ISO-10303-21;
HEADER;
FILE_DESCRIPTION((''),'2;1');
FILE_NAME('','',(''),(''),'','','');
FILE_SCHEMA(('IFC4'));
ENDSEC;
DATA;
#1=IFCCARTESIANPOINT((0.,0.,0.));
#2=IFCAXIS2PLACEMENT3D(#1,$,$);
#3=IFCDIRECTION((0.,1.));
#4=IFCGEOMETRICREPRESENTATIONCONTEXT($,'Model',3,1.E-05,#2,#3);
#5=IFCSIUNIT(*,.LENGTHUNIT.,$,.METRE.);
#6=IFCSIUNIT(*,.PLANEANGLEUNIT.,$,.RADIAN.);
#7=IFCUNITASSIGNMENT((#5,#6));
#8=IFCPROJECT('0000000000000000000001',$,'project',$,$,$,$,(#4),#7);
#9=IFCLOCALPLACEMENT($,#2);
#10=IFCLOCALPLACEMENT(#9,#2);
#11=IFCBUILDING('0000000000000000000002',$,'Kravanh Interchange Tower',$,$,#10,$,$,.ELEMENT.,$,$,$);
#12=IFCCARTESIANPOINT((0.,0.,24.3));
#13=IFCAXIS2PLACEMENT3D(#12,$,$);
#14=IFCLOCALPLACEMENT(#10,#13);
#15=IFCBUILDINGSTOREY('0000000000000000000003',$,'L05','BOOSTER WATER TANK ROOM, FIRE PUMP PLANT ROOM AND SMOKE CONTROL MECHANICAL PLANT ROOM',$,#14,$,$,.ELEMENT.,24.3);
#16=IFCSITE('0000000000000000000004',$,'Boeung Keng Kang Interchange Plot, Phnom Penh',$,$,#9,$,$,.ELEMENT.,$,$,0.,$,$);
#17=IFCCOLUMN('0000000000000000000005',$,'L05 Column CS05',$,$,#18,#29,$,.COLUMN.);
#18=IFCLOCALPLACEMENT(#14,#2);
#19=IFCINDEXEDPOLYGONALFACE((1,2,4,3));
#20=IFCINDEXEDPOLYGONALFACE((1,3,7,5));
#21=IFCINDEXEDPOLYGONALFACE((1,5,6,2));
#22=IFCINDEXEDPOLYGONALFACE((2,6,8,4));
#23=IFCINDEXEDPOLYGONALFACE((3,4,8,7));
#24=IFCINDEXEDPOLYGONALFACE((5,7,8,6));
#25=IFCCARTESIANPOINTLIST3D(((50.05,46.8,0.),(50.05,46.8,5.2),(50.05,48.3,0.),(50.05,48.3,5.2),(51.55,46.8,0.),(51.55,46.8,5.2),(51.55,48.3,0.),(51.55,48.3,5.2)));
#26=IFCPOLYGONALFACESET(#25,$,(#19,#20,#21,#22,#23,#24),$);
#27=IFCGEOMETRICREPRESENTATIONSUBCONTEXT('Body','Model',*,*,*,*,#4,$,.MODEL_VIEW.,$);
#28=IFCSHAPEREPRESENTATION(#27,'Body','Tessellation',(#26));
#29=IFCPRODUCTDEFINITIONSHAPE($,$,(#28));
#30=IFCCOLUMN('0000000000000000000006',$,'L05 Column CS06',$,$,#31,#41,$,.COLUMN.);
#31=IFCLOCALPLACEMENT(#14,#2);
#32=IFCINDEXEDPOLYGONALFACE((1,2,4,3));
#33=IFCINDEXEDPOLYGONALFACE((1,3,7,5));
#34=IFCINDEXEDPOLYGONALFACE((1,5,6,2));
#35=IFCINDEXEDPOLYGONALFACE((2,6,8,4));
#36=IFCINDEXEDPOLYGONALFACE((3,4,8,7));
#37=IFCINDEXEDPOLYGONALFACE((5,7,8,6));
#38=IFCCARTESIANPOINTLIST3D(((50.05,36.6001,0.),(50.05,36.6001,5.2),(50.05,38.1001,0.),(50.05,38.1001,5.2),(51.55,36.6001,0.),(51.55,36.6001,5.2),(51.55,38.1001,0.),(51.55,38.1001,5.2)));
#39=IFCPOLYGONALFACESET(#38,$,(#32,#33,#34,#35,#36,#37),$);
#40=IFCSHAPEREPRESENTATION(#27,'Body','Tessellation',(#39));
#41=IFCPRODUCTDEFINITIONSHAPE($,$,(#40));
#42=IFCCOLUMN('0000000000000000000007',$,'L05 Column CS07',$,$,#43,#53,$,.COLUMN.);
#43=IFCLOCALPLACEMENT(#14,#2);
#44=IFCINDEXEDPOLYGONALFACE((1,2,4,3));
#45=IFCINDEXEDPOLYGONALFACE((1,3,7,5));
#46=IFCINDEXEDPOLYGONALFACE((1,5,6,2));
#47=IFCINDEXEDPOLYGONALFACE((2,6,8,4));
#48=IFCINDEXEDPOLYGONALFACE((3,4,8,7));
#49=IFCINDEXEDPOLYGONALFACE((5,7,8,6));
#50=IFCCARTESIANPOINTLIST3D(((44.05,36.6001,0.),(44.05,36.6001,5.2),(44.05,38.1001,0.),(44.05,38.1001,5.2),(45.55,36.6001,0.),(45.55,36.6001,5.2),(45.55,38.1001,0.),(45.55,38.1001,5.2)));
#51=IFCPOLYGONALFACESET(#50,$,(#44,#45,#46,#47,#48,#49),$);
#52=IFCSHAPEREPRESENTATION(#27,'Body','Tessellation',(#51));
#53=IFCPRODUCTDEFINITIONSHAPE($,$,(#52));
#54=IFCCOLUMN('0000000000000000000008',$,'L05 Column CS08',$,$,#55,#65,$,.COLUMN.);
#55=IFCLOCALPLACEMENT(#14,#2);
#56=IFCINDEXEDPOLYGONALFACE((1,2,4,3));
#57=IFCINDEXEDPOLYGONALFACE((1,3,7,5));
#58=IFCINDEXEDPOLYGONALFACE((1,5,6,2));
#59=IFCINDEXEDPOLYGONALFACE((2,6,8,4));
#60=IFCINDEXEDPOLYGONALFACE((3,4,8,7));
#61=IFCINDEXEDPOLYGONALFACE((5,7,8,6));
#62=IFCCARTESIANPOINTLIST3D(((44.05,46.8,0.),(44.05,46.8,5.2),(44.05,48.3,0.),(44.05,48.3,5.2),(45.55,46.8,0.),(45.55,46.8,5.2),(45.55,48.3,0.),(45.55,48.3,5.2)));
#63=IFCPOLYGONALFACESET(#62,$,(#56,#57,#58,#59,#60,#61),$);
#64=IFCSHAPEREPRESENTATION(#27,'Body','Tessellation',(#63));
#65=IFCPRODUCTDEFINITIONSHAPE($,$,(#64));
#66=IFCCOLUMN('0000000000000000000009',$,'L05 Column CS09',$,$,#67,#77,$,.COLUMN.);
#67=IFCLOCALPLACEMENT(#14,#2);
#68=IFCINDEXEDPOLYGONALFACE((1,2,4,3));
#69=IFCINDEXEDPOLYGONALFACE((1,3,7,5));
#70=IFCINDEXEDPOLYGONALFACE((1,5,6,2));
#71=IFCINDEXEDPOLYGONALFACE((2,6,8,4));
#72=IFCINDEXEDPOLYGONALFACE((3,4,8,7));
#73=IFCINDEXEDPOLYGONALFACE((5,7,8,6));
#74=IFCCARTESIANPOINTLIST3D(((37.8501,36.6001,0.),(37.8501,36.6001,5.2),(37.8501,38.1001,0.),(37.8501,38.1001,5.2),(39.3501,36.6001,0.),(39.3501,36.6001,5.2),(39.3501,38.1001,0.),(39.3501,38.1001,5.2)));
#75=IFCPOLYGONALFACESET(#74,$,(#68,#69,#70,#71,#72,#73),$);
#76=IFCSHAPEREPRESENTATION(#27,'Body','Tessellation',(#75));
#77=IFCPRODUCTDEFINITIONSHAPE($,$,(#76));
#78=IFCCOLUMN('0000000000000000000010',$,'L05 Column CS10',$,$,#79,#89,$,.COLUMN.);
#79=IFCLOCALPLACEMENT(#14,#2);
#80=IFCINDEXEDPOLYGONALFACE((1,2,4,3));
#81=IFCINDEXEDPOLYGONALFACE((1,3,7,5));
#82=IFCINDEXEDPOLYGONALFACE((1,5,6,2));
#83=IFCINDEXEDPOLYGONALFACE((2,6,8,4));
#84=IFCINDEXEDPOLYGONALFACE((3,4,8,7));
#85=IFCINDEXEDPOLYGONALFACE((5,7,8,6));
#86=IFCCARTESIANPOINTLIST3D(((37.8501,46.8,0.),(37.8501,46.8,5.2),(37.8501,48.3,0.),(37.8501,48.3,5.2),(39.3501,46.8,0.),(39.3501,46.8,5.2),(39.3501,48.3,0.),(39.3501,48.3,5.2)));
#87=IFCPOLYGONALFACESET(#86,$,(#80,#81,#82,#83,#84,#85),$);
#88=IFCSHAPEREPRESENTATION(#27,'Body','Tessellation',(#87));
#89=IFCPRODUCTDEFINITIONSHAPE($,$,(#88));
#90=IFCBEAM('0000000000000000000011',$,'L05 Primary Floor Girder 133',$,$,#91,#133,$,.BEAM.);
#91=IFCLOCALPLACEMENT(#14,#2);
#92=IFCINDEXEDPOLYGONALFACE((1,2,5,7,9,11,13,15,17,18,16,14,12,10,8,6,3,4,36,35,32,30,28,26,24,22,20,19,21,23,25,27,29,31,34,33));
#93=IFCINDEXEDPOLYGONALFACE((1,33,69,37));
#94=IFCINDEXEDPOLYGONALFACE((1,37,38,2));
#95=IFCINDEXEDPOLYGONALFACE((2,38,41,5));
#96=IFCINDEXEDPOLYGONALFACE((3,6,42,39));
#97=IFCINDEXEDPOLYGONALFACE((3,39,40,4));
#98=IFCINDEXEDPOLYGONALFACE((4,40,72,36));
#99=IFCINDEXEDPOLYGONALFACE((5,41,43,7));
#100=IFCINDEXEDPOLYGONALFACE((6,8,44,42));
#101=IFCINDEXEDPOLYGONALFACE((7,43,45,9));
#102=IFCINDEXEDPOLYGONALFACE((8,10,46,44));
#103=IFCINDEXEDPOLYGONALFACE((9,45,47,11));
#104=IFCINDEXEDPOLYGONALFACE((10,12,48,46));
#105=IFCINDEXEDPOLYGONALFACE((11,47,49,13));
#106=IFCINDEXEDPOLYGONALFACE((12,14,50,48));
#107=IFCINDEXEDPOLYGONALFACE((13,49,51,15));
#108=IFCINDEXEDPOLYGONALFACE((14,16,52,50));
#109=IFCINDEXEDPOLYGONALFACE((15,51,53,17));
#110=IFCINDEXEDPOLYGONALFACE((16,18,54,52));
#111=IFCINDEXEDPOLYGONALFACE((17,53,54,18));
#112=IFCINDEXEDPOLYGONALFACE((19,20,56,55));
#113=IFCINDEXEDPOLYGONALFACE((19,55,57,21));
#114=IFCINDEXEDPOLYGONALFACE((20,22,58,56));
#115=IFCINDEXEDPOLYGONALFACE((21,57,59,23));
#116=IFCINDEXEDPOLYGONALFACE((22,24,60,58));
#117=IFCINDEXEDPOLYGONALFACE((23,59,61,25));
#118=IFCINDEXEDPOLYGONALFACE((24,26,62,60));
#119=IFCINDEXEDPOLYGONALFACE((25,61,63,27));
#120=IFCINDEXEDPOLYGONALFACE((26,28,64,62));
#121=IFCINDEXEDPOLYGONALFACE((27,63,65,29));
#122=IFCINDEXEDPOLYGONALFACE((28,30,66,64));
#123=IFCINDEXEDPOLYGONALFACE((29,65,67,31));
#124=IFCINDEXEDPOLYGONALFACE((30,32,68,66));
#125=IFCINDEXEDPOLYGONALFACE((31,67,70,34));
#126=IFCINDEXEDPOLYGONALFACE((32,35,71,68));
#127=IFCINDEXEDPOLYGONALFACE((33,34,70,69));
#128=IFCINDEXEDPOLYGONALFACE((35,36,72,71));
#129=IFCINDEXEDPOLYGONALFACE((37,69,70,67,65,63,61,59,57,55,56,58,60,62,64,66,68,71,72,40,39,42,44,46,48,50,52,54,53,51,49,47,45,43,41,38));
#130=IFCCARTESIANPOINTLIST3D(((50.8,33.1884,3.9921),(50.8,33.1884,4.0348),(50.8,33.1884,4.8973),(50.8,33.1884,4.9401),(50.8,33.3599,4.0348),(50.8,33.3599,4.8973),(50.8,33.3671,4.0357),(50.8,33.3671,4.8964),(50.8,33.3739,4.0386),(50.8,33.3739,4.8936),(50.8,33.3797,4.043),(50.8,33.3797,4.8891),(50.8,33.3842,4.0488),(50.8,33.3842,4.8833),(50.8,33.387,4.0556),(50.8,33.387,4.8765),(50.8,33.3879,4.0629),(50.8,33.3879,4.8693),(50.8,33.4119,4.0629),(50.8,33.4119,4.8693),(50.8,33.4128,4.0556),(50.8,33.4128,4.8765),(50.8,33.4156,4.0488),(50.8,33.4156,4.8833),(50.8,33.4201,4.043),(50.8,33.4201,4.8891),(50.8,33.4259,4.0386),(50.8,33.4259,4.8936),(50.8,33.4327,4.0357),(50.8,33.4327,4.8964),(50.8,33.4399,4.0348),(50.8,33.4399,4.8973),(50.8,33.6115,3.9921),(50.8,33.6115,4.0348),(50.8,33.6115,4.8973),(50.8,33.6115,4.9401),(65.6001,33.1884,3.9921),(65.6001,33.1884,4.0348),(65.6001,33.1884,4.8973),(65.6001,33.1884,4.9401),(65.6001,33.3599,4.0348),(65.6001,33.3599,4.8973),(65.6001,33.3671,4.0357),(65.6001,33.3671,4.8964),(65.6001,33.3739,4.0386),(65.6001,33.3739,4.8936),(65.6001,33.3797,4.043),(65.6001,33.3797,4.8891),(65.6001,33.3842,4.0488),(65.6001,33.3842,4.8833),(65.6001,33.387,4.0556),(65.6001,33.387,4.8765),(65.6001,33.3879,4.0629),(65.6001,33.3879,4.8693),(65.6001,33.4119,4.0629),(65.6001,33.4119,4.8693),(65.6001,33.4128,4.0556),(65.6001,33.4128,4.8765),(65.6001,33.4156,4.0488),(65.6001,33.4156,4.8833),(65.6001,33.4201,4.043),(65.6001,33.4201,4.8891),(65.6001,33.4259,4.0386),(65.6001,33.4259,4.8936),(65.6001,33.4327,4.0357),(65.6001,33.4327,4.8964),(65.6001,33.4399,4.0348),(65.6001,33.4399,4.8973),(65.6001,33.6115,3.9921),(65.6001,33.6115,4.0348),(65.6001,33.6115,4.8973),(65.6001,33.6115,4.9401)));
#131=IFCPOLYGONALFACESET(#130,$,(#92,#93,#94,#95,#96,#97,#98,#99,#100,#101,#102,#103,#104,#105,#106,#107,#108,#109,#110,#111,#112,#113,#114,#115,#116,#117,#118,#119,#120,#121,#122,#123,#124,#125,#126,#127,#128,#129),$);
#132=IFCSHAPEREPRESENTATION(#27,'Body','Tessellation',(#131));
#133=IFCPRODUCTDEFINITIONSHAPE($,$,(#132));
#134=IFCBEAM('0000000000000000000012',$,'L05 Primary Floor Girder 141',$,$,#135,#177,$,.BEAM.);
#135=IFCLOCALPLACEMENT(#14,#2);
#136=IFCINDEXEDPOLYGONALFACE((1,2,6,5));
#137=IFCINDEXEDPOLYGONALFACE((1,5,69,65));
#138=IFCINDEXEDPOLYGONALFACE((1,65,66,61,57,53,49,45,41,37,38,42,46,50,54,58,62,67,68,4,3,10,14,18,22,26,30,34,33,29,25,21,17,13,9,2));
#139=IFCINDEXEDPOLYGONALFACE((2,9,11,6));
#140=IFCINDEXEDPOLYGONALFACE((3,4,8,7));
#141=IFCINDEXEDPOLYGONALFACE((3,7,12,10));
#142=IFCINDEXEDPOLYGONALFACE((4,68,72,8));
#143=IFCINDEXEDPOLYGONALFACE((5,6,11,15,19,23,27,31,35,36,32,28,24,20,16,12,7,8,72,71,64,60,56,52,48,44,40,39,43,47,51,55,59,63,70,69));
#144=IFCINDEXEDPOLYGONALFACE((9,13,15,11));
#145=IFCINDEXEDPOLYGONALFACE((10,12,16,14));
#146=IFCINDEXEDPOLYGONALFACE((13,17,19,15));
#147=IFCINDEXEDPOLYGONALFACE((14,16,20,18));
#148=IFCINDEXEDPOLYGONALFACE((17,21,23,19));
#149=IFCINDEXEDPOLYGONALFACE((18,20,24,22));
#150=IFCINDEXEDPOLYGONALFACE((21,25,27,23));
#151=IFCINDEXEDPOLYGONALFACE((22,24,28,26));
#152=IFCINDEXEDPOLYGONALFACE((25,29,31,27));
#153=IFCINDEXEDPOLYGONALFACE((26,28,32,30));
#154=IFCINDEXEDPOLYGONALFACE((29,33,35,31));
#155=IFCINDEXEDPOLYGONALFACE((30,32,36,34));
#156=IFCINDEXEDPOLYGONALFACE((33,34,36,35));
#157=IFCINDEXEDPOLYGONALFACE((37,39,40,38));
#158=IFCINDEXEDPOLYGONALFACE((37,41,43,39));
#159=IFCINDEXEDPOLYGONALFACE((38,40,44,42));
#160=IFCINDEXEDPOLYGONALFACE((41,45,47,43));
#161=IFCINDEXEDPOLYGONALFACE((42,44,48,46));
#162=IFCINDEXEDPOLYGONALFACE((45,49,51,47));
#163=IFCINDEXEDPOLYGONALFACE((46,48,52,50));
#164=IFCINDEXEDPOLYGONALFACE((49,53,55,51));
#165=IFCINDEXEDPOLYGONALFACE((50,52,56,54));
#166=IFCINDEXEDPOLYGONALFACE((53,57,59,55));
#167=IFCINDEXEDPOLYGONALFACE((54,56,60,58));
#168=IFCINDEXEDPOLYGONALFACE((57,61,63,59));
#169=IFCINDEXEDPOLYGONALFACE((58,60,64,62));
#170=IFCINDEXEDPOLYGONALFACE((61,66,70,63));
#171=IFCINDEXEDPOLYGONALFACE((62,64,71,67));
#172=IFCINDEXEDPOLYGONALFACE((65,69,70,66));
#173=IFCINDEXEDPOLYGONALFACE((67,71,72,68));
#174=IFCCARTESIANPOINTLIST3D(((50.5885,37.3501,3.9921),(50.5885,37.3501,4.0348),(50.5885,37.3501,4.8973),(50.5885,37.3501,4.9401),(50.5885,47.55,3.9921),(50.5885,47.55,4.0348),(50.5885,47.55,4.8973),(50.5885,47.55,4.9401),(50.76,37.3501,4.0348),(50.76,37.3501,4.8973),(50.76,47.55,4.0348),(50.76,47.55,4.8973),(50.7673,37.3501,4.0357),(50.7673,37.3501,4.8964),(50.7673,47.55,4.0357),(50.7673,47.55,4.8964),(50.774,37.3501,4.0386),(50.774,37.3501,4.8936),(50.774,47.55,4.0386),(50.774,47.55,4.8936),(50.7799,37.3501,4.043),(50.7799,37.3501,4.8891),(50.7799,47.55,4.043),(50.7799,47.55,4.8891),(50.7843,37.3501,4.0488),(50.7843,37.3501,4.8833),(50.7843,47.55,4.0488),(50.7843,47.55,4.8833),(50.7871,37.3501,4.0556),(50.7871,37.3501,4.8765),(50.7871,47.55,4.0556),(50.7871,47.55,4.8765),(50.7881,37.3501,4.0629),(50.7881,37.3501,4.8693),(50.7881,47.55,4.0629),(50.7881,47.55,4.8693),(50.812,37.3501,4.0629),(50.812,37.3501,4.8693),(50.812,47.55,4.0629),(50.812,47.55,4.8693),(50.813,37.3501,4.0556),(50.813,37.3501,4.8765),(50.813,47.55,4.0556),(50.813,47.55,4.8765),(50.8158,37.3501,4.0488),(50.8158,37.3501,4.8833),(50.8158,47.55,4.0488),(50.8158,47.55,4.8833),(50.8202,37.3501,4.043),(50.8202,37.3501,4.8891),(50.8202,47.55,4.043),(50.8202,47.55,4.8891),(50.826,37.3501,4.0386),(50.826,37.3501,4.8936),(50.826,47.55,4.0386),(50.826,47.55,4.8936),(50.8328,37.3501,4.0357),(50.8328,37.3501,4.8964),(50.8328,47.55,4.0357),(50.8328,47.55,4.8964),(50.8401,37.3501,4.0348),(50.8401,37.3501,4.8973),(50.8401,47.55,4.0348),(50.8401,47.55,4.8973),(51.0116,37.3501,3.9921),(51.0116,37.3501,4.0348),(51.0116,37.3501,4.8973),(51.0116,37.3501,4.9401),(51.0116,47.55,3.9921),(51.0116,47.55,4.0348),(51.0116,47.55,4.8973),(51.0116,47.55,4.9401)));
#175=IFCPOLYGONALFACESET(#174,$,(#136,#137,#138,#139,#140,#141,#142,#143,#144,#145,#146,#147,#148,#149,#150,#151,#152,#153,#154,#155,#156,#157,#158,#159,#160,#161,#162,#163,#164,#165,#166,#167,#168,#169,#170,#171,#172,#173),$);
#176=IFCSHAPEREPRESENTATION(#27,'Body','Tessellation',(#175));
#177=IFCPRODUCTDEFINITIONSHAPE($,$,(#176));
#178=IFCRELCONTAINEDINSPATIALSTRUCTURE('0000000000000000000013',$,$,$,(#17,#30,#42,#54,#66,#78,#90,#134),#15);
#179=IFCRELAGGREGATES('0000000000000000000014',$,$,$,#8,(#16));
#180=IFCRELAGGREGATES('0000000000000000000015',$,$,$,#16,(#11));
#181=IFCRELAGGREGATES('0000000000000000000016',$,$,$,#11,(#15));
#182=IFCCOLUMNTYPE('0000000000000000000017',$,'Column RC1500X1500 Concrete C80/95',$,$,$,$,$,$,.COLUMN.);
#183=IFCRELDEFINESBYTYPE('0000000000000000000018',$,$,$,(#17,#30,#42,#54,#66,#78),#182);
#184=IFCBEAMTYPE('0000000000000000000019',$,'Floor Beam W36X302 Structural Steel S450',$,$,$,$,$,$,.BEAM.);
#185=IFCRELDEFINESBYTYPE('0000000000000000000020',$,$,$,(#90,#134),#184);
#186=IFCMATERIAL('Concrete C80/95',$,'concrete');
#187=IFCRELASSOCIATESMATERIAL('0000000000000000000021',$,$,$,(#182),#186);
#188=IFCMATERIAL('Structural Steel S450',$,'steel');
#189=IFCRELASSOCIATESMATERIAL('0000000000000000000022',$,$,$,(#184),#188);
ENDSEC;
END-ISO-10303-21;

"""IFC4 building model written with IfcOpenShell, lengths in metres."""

from ifc_helpers import new_model, si_unit, direction, frame, origin, origin_2d, place, context, subcontext, project, spatial, rectangle, i_section, extrude, material, material_profile, profile_set, type_object, element, save


model = new_model("IFC4")

# Units and contexts
model_context = context("Model", 3, precision=1e-05, world=origin(), true_north=direction((0.0, 1.0)))
body_context = subcontext(model_context, "Body", "Model", "MODEL_VIEW")
ifc_project = project(units=[si_unit("LENGTHUNIT", "METRE"), si_unit("PLANEANGLEUNIT", "RADIAN")], contexts=[model_context])

# Site, building, storey
site_placement = place(None, origin())
site = spatial("IfcSite", under=ifc_project, at=site_placement, Name="Boeung Keng Kang Interchange Plot, Phnom Penh", CompositionType="ELEMENT", RefElevation=0.0)
building_placement = place(site_placement, origin())
building = spatial("IfcBuilding", under=site, at=building_placement, Name="Kravanh Interchange Tower", CompositionType="ELEMENT")
storey_placement = place(building_placement, frame((0.0, 0.0, 24.3)))
storey = spatial("IfcBuildingStorey", under=building, at=storey_placement, Name="L05", Description="BOOSTER WATER TANK ROOM, FIRE PUMP PLANT ROOM AND SMOKE CONTROL MECHANICAL PLANT ROOM", CompositionType="ELEMENT", Elevation=24.3)

# Columns
ifc_material_1 = material(Name="Concrete C80/95", Category="concrete")
ifc_material_profile_1 = material_profile(ifc_material_1, rectangle(XDim=1.5, YDim=1.5, at=origin_2d()), Name="RC1500X1500")
ifc_profile_set_1 = profile_set([ifc_material_profile_1], Name="Concrete C80/95")
column_type = type_object("IfcColumnType", Name="Column RC1500X1500 Concrete C80/95", PredefinedType="COLUMN", material=ifc_profile_set_1)
for number, where, z_axis, x_axis, name in (
    (1, (50.8, 47.55, 0.0), (0.0, 0.0, 1.0), (1.0, 0.0, 0.0), "L05 Column CS05"),
    (2, (50.8, 37.3501, 0.0), (0.0, 0.0, 1.0), (1.0, 0.0, 0.0), "L05 Column CS06"),
    (3, (44.8, 37.3501, 0.0), (0.0, 0.0, 1.0), (1.0, 0.0, 0.0), "L05 Column CS07"),
    (4, (44.8, 47.55, 0.0), (0.0, 0.0, 1.0), (1.0, 0.0, 0.0), "L05 Column CS08"),
    (5, (38.6001, 37.3501, 0.0), (0.0, 0.0, 1.0), (1.0, 0.0, 0.0), "L05 Column CS09"),
    (6, (38.6001, 47.55, 0.0), (0.0, 0.0, 1.0), (1.0, 0.0, 0.0), "L05 Column CS10"),
):
    element("IfcColumn", number, at=place(storey_placement, frame(where, z_axis=z_axis, x_axis=x_axis)), inside=storey, type_object=column_type, Name=name, PredefinedType="COLUMN", context=body_context, shape_type="SweptSolid", body=[
        extrude(rectangle(XDim=1.5, YDim=1.5, at=origin_2d()), origin(), (0.0, 0.0, 1.0), 5.2),
    ])

# Beams
ifc_material_2 = material(Name="Structural Steel S450", Category="steel")
ifc_material_profile_2 = material_profile(ifc_material_2, i_section(OverallWidth=0.4231, OverallDepth=0.948, WebThickness=0.0239, FlangeThickness=0.0427, FilletRadius=0.0281, at=origin_2d()), Name="W36X302")
ifc_profile_set_2 = profile_set([ifc_material_profile_2], Name="Structural Steel S450")
beam_type_1 = type_object("IfcBeamType", Name="Floor Beam W36X302 Structural Steel S450", PredefinedType="BEAM", material=ifc_profile_set_2)
beam_1_placement = place(storey_placement, frame((50.8, 33.3999, 4.4661), z_axis=(1.0, 0.0, 0.0), x_axis=(0.0, 1.0, 0.0)))
element("IfcBeam", 7, at=beam_1_placement, inside=storey, type_object=beam_type_1, Name="L05 Primary Floor Girder 133", PredefinedType="BEAM", context=body_context, shape_type="SweptSolid", body=[
    extrude(i_section(OverallWidth=0.4231, OverallDepth=0.948, WebThickness=0.0239, FlangeThickness=0.0427, FilletRadius=0.0281, at=origin_2d()), origin(), (0.0, 0.0, 1.0), 14.8),
])
beam_2_placement = place(storey_placement, frame((50.8, 47.55, 4.4661), z_axis=(0.0, -1.0, 0.0), x_axis=(1.0, 0.0, 0.0)))
element("IfcBeam", 8, at=beam_2_placement, inside=storey, type_object=beam_type_1, Name="L05 Primary Floor Girder 141", PredefinedType="BEAM", context=body_context, shape_type="SweptSolid", body=[
    extrude(i_section(OverallWidth=0.4231, OverallDepth=0.948, WebThickness=0.0239, FlangeThickness=0.0427, FilletRadius=0.0281, at=origin_2d()), origin(), (0.0, 0.0, 1.0), 10.2),
])

save(model, "model.ifc")
